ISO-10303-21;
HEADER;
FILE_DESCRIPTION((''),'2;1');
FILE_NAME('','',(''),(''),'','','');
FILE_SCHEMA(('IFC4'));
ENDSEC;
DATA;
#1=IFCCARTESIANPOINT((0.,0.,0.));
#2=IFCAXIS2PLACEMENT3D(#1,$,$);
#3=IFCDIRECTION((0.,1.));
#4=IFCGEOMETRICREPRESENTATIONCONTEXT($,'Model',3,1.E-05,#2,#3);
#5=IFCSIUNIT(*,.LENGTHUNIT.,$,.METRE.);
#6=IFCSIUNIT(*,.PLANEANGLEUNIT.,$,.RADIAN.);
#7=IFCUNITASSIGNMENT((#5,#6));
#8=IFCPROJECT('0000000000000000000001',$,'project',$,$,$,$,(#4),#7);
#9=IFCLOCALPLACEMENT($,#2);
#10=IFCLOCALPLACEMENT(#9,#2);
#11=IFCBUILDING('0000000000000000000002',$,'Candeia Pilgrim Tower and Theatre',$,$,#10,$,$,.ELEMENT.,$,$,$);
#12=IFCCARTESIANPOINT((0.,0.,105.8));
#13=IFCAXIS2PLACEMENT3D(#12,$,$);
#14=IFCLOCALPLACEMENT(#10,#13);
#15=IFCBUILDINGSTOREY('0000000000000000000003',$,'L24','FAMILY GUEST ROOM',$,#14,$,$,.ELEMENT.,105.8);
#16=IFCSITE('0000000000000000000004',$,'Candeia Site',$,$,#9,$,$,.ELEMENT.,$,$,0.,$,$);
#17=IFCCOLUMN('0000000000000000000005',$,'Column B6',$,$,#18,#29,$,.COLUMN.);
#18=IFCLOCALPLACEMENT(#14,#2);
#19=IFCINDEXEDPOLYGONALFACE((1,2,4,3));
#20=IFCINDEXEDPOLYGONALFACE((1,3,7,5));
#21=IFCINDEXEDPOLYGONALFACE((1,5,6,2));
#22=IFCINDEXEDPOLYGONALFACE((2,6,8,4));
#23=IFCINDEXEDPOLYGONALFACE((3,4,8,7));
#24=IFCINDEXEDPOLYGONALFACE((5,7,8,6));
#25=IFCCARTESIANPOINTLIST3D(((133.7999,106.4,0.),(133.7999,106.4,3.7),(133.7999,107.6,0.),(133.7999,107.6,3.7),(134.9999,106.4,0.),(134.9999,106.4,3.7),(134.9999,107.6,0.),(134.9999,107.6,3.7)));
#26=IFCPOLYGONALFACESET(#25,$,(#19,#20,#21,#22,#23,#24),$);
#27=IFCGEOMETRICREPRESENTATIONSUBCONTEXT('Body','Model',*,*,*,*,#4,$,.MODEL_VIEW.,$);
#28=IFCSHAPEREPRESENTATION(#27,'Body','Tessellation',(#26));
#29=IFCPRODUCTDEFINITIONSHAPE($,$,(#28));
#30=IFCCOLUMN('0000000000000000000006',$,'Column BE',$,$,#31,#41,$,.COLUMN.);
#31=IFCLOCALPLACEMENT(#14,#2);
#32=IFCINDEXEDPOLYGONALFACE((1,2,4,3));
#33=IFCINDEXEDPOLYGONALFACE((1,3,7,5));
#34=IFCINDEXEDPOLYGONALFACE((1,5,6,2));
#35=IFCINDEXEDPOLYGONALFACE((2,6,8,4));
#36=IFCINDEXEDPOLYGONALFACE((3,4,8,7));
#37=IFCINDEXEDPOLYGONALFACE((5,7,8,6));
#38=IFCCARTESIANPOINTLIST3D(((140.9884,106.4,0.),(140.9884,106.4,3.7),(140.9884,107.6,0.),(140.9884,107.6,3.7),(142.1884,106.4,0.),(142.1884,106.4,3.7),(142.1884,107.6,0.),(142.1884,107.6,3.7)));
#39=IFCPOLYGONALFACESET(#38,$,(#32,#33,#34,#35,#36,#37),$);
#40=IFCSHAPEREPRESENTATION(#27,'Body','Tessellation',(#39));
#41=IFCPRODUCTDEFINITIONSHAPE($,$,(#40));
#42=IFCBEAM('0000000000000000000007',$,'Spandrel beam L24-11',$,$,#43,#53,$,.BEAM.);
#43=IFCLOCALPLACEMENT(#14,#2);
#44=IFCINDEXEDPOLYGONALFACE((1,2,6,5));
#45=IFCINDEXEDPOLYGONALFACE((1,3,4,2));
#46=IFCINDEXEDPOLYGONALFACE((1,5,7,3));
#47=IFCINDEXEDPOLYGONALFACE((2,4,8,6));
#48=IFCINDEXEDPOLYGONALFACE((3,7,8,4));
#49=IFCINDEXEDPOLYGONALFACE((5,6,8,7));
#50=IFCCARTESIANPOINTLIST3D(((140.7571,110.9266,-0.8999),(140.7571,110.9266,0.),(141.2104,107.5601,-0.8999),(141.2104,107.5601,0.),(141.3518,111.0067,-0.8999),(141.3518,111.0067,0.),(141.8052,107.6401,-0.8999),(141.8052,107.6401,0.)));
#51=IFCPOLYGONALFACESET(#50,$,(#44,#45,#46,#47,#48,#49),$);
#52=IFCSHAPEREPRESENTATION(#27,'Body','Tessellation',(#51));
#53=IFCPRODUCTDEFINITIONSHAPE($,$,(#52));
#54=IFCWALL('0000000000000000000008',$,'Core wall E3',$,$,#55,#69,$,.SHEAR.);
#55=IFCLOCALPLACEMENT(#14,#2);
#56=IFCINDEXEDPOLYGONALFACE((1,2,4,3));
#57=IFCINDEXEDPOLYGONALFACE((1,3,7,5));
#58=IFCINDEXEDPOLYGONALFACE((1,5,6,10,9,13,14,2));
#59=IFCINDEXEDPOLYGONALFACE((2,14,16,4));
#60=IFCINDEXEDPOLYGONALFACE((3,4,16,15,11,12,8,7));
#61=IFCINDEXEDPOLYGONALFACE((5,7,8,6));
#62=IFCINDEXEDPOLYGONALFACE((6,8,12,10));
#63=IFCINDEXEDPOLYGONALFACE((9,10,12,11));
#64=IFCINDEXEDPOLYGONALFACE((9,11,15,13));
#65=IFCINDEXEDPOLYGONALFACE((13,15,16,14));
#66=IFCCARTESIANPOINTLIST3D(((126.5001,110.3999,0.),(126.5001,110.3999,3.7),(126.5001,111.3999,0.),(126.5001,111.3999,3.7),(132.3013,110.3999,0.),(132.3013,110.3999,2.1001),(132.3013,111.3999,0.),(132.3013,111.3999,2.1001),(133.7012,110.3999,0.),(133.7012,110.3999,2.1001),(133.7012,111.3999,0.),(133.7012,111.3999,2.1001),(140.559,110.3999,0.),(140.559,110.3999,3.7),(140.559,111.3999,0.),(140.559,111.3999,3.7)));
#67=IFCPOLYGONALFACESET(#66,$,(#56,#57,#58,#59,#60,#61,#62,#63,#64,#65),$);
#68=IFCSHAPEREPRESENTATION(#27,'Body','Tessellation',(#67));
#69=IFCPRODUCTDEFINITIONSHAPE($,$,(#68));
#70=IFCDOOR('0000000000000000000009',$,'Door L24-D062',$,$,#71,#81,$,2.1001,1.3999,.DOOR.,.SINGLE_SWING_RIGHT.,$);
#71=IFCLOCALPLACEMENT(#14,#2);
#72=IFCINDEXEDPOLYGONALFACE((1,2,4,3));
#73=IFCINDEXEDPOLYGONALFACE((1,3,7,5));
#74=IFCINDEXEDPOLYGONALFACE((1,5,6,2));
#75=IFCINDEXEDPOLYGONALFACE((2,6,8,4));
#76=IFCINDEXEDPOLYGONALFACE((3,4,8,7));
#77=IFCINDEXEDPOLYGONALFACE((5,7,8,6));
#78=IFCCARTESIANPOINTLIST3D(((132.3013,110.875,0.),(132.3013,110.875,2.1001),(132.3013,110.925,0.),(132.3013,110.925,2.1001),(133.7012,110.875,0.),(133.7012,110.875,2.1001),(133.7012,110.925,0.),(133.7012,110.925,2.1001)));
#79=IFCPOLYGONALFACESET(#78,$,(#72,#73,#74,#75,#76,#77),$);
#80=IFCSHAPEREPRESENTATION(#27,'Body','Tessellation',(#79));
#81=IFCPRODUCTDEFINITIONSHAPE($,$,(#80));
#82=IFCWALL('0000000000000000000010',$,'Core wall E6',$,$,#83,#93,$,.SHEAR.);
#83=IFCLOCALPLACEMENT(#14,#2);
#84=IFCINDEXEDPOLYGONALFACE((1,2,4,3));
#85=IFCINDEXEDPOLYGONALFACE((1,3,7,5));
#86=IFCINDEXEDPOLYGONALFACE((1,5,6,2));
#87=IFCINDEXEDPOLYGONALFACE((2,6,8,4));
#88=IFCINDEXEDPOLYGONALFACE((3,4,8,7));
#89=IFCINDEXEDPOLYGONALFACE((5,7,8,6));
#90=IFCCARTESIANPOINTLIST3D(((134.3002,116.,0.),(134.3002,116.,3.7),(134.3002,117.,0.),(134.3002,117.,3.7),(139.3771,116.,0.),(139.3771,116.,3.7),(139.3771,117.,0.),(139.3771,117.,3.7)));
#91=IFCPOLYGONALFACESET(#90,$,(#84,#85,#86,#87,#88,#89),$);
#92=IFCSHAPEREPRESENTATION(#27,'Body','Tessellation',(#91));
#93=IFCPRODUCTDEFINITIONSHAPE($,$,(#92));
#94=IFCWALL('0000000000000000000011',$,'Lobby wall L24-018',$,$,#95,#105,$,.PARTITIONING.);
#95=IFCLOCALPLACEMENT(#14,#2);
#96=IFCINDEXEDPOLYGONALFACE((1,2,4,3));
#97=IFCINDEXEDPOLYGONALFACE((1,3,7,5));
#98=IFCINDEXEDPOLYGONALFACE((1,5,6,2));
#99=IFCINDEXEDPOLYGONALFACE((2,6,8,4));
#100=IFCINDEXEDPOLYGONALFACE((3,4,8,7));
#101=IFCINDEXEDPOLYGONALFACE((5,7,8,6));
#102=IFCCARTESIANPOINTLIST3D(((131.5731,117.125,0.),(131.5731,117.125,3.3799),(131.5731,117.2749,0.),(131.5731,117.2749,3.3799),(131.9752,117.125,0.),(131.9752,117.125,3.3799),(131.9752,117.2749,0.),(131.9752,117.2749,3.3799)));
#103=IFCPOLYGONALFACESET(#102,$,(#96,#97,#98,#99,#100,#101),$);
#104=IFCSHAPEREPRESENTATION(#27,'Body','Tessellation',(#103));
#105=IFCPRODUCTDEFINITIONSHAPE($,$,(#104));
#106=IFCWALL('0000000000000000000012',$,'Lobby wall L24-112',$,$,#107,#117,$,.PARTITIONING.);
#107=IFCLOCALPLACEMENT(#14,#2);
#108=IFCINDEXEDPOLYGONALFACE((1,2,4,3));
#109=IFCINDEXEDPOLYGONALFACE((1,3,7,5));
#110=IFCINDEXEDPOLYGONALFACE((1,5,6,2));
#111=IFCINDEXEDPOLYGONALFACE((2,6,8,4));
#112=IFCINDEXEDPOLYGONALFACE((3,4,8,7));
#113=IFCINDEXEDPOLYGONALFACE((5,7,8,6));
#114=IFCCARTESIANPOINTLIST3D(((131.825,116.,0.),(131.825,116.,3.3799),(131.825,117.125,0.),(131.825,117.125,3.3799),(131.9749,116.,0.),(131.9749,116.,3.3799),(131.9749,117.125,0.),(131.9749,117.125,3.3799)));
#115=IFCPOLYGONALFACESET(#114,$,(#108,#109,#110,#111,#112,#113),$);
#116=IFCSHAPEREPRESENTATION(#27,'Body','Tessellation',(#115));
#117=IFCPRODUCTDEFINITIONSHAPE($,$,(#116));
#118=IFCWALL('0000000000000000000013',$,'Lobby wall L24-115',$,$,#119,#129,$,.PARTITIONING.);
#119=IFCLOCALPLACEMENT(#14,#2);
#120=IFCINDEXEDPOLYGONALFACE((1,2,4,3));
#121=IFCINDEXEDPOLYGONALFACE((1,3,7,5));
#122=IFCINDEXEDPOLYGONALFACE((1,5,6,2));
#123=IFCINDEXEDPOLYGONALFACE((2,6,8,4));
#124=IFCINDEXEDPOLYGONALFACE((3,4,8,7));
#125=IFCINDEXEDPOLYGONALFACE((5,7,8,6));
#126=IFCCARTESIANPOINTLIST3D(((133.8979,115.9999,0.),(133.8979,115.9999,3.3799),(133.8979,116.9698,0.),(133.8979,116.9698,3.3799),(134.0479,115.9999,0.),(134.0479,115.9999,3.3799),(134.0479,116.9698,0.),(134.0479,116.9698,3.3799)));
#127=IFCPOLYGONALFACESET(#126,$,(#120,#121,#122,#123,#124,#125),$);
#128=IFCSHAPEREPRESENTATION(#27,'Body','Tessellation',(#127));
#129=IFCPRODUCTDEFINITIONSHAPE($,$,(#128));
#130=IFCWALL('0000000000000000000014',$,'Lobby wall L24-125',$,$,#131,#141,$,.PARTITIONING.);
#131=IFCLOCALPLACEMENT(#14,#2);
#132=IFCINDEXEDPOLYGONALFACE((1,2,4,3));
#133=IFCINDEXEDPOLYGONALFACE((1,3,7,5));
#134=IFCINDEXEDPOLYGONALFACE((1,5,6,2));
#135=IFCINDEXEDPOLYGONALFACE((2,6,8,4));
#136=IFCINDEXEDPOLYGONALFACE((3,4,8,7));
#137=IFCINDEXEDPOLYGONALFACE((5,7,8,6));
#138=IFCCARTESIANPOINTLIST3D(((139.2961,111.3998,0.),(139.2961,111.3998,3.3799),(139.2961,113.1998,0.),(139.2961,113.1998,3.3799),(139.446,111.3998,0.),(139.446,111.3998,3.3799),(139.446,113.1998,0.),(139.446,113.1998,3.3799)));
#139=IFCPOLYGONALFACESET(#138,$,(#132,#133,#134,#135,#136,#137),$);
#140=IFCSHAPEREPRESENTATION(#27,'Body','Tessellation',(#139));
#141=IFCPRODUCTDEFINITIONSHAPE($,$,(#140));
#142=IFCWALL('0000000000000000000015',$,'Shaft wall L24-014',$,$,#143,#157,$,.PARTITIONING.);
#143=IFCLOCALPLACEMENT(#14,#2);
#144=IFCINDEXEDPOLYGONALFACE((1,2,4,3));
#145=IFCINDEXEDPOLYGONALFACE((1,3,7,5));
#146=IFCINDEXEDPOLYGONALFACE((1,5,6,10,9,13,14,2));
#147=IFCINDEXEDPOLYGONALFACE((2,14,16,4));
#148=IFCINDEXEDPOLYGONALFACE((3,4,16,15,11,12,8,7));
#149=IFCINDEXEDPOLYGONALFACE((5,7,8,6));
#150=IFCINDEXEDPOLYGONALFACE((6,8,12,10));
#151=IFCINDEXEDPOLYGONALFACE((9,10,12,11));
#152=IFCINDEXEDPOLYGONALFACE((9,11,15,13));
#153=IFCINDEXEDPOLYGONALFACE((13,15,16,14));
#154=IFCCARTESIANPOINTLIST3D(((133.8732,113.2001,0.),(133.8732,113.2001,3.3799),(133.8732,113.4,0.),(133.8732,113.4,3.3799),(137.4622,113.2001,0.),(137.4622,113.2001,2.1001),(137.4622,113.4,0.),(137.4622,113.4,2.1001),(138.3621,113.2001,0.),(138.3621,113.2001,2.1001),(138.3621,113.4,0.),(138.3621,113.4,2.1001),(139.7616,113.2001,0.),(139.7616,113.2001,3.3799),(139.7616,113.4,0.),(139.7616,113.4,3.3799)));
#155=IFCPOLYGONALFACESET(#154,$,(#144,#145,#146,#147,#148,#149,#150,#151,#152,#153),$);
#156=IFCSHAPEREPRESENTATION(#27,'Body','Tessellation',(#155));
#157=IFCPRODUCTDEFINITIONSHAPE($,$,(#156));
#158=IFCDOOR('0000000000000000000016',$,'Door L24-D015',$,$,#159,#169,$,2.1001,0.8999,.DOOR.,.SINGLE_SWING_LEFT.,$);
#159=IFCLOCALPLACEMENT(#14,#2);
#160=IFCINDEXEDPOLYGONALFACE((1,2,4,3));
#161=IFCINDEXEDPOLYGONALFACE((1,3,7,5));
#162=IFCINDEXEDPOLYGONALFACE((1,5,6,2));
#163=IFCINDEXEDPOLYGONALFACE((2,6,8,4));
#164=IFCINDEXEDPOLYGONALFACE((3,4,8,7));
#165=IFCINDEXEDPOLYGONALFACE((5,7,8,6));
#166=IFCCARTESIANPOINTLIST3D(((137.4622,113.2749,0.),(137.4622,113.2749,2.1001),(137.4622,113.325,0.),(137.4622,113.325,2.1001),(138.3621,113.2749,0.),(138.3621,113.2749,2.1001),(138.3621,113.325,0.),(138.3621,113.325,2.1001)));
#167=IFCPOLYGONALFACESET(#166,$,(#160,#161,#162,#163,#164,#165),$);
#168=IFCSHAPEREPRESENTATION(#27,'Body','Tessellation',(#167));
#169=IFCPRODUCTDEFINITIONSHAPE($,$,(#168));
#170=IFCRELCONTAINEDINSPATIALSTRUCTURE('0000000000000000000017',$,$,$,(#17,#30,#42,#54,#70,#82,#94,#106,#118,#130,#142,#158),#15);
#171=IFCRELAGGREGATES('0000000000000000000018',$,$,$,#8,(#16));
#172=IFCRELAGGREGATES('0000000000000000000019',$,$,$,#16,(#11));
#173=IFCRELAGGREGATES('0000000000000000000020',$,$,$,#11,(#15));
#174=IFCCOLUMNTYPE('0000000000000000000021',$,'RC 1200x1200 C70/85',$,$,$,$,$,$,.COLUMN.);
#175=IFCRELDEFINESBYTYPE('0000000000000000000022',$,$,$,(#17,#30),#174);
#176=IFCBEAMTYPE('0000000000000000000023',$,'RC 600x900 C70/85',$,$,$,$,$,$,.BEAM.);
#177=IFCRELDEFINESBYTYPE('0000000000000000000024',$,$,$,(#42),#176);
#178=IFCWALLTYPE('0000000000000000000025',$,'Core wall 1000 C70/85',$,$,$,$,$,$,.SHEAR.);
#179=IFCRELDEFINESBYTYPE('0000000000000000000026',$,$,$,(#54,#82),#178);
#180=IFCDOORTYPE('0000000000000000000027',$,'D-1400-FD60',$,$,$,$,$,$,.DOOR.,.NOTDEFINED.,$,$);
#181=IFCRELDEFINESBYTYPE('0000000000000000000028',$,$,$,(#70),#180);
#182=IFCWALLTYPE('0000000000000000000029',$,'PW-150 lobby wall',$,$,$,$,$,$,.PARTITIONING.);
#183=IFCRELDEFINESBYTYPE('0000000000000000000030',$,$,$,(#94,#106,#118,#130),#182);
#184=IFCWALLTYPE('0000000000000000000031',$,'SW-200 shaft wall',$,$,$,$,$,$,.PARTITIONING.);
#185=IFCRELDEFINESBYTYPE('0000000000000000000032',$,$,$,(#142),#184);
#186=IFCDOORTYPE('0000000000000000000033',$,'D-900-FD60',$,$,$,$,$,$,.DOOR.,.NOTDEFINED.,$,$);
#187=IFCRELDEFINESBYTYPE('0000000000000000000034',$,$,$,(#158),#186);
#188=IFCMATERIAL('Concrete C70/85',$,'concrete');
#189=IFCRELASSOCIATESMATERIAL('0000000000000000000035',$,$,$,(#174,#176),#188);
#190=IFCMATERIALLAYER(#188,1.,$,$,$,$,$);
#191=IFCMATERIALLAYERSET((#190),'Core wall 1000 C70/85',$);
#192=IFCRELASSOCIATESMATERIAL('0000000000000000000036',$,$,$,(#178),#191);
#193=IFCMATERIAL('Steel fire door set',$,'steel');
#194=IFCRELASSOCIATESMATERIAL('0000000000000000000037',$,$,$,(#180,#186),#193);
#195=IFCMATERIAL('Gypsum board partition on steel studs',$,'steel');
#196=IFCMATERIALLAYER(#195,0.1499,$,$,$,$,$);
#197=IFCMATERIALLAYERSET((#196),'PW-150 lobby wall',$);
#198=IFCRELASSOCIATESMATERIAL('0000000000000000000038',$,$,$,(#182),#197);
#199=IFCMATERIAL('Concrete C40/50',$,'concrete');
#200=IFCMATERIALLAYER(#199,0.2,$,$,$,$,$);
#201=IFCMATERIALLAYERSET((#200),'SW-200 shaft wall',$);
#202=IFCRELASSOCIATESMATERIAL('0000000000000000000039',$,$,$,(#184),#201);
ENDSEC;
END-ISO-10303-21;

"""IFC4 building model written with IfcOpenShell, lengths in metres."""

from ifc_helpers import new_model, si_unit, direction, frame, frame_2d, origin, origin_2d, place, context, subcontext, project, spatial, rectangle, extrude, material, layer, layer_set, material_profile, profile_set, type_object, element, fill, save


model = new_model("IFC4")

# Units and contexts
model_context = context("Model", 3, precision=1e-05, world=origin(), true_north=direction((0.0, 1.0)))
body_context = subcontext(model_context, "Body", "Model", "MODEL_VIEW")
ifc_project = project(units=[si_unit("LENGTHUNIT", "METRE"), si_unit("PLANEANGLEUNIT", "RADIAN")], contexts=[model_context])

# Site, building, storey
site_placement = place(None, origin())
site = spatial("IfcSite", under=ifc_project, at=site_placement, Name="Candeia Site", CompositionType="ELEMENT", RefElevation=0.0)
building_placement = place(site_placement, origin())
building = spatial("IfcBuilding", under=site, at=building_placement, Name="Candeia Pilgrim Tower and Theatre", CompositionType="ELEMENT")
storey_placement = place(building_placement, frame((0.0, 0.0, 105.8)))
storey = spatial("IfcBuildingStorey", under=building, at=storey_placement, Name="L24", Description="FAMILY GUEST ROOM", CompositionType="ELEMENT", Elevation=105.8)

# Columns
ifc_material_1 = material(Name="Concrete C70/85", Category="concrete")
ifc_material_profile_1 = material_profile(ifc_material_1, rectangle(XDim=1.2, YDim=1.2, at=origin_2d()))
ifc_profile_set_1 = profile_set([ifc_material_profile_1], Name="Concrete C70/85")
column_type = type_object("IfcColumnType", Name="RC 1200x1200 C70/85", PredefinedType="COLUMN", material=ifc_profile_set_1)
for number, where, z_axis, x_axis, name in (
    (1, (134.3999, 107.0, 0.0), (0.0, 0.0, 1.0), (1.0, 0.0, 0.0), "Column B6"),
    (2, (141.5884, 107.0, 0.0), (0.0, 0.0, 1.0), (1.0, 0.0, 0.0), "Column BE"),
):
    element("IfcColumn", number, at=place(storey_placement, frame(where, z_axis=z_axis, x_axis=x_axis)), inside=storey, type_object=column_type, Name=name, PredefinedType="COLUMN", context=body_context, shape_type="SweptSolid", body=[
        extrude(rectangle(XDim=1.2, YDim=1.2, at=origin_2d()), origin(), (0.0, 0.0, 1.0), 3.7),
    ])

# Beam
ifc_material_profile_2 = material_profile(ifc_material_1, rectangle(XDim=0.6001, YDim=0.8999, at=origin_2d()))
ifc_profile_set_2 = profile_set([ifc_material_profile_2], Name="Concrete C70/85")
beam_type = type_object("IfcBeamType", Name="RC 600x900 C70/85", PredefinedType="BEAM", material=ifc_profile_set_2)
beam_placement = place(storey_placement, frame((141.5078, 107.6001, -0.45), z_axis=(-0.133458, 0.991054, 0.0), x_axis=(-0.991054, -0.133458, 0.0)))
element("IfcBeam", 3, at=beam_placement, inside=storey, type_object=beam_type, Name="Spandrel beam L24-11", PredefinedType="BEAM", context=body_context, shape_type="SweptSolid", body=[
    extrude(rectangle(XDim=0.6001, YDim=0.8999, at=origin_2d()), origin(), (0.0, 0.0, 1.0), 3.397),
])

# Wall, opening, door
ifc_layer_1 = layer(ifc_material_1, 1.0)
ifc_layer_set_1 = layer_set([ifc_layer_1], Name="Core wall 1000 C70/85")
wall_type_1 = type_object("IfcWallType", Name="Core wall 1000 C70/85", PredefinedType="SHEAR", material=ifc_layer_set_1)
wall_1_placement = place(storey_placement, frame((140.5588, 110.8999, 0.0), z_axis=(0.0, 0.0, 1.0), x_axis=(-1.0, 0.0, 0.0)))
wall_1 = element("IfcWall", 4, at=wall_1_placement, inside=storey, type_object=wall_type_1, Name="Core wall E3", PredefinedType="SHEAR", context=body_context, shape_type="SweptSolid", body=[
    extrude(rectangle(XDim=14.0588, YDim=1.0, at=frame_2d((7.0293, 0.0))), origin(), (0.0, 0.0, 1.0), 3.7),
])
opening_1_placement = place(wall_1_placement, frame((6.8577, 0.0, 0.0)))
opening_1 = element("IfcOpeningElement", 5, at=opening_1_placement, cuts=wall_1, PredefinedType="OPENING", context=body_context, shape_type="SweptSolid", body=[
    extrude(rectangle(XDim=1.3999, YDim=2.1001, at=frame_2d((0.7, 1.05))), frame((0.0, 0.51, 0.0), z_axis=(0.0, -1.0, 0.0), x_axis=(1.0, 0.0, 0.0)), (0.0, 0.0, 1.0), 1.02),
])
ifc_material_2 = material(Name="Steel fire door set", Category="steel")
door_type_1 = type_object("IfcDoorType", Name="D-1400-FD60", OperationType="NOTDEFINED", PredefinedType="DOOR", material=ifc_material_2)
door_1_placement = place(opening_1_placement, origin())
door_1 = element("IfcDoor", 6, at=door_1_placement, inside=storey, type_object=door_type_1, Name="Door L24-D062", OperationType="SINGLE_SWING_RIGHT", OverallHeight=2.1001, OverallWidth=1.3999, PredefinedType="DOOR", context=body_context, shape_type="SweptSolid", body=[
    extrude(rectangle(XDim=1.3999, YDim=2.1001, at=frame_2d((0.7, 1.05))), frame((0.0, 0.0249, 0.0), z_axis=(0.0, -1.0, 0.0), x_axis=(1.0, 0.0, 0.0)), (0.0, 0.0, 1.0), 0.05),
])
fill(opening_1, door_1)

# Walls
wall_2_placement = place(storey_placement, frame((134.3, 116.5, 0.0), z_axis=(0.0, 0.0, 1.0), x_axis=(1.0, 0.0, 0.0)))
element("IfcWall", 7, at=wall_2_placement, inside=storey, type_object=wall_type_1, Name="Core wall E6", PredefinedType="SHEAR", context=body_context, shape_type="SweptSolid", body=[
    extrude(rectangle(XDim=5.0769, YDim=1.0, at=frame_2d((2.5386, 0.0))), origin(), (0.0, 0.0, 1.0), 3.7),
])
ifc_material_3 = material(Name="Gypsum board partition on steel studs", Category="steel")
ifc_layer_2 = layer(ifc_material_3, 0.1499)
ifc_layer_set_2 = layer_set([ifc_layer_2], Name="PW-150 lobby wall")
wall_type_2 = type_object("IfcWallType", Name="PW-150 lobby wall", PredefinedType="PARTITIONING", material=ifc_layer_set_2)
wall_3_placement = place(storey_placement, frame((131.573, 117.2, 0.0), z_axis=(0.0, 0.0, 1.0), x_axis=(1.0, 0.0, 0.0)))
element("IfcWall", 8, at=wall_3_placement, inside=storey, type_object=wall_type_2, Name="Lobby wall L24-018", PredefinedType="PARTITIONING", context=body_context, shape_type="SweptSolid", body=[
    extrude(rectangle(XDim=0.4021, YDim=0.1499, at=frame_2d((0.2012, 0.0))), origin(), (0.0, 0.0, 1.0), 3.3799),
])
wall_4_placement = place(storey_placement, frame((131.8999, 116.0, 0.0), z_axis=(0.0, 0.0, 1.0), x_axis=(0.0, 1.0, 0.0)))
element("IfcWall", 9, at=wall_4_placement, inside=storey, type_object=wall_type_2, Name="Lobby wall L24-112", PredefinedType="PARTITIONING", context=body_context, shape_type="SweptSolid", body=[
    extrude(rectangle(XDim=1.125, YDim=0.1499, at=frame_2d((0.5625, 0.0))), origin(), (0.0, 0.0, 1.0), 3.3799),
])
wall_5_placement = place(storey_placement, frame((133.9729, 116.0, 0.0), z_axis=(0.0, 0.0, 1.0), x_axis=(0.0, 1.0, 0.0)))
element("IfcWall", 10, at=wall_5_placement, inside=storey, type_object=wall_type_2, Name="Lobby wall L24-115", PredefinedType="PARTITIONING", context=body_context, shape_type="SweptSolid", body=[
    extrude(rectangle(XDim=0.97, YDim=0.1499, at=frame_2d((0.4849, 0.0))), origin(), (0.0, 0.0, 1.0), 3.3799),
])
wall_6_placement = place(storey_placement, frame((139.3711, 111.3999, 0.0), z_axis=(0.0, 0.0, 1.0), x_axis=(0.0, 1.0, 0.0)))
element("IfcWall", 11, at=wall_6_placement, inside=storey, type_object=wall_type_2, Name="Lobby wall L24-125", PredefinedType="PARTITIONING", context=body_context, shape_type="SweptSolid", body=[
    extrude(rectangle(XDim=1.8, YDim=0.1499, at=frame_2d((0.8999, 0.0))), origin(), (0.0, 0.0, 1.0), 3.3799),
])

# Wall, opening, door
ifc_material_4 = material(Name="Concrete C40/50", Category="concrete")
ifc_layer_3 = layer(ifc_material_4, 0.2)
ifc_layer_set_3 = layer_set([ifc_layer_3], Name="SW-200 shaft wall")
wall_type_3 = type_object("IfcWallType", Name="SW-200 shaft wall", PredefinedType="PARTITIONING", material=ifc_layer_set_3)
wall_7_placement = place(storey_placement, frame((133.873, 113.3, 0.0), z_axis=(0.0, 0.0, 1.0), x_axis=(1.0, 0.0, 0.0)))
wall_7 = element("IfcWall", 12, at=wall_7_placement, inside=storey, type_object=wall_type_3, Name="Shaft wall L24-014", PredefinedType="PARTITIONING", context=body_context, shape_type="SweptSolid", body=[
    extrude(rectangle(XDim=5.8884, YDim=0.2, at=frame_2d((2.9443, 0.0))), origin(), (0.0, 0.0, 1.0), 3.3799),
])
opening_2_placement = place(wall_7_placement, frame((3.5891, 0.0, 0.0)))
opening_2 = element("IfcOpeningElement", 13, at=opening_2_placement, cuts=wall_7, PredefinedType="OPENING", context=body_context, shape_type="SweptSolid", body=[
    extrude(rectangle(XDim=0.8999, YDim=2.1001, at=frame_2d((0.45, 1.05))), frame((0.0, 0.1099, 0.0), z_axis=(0.0, -1.0, 0.0), x_axis=(1.0, 0.0, 0.0)), (0.0, 0.0, 1.0), 0.22),
])
door_type_2 = type_object("IfcDoorType", Name="D-900-FD60", OperationType="NOTDEFINED", PredefinedType="DOOR", material=ifc_material_2)
door_2_placement = place(opening_2_placement, origin())
door_2 = element("IfcDoor", 14, at=door_2_placement, inside=storey, type_object=door_type_2, Name="Door L24-D015", OperationType="SINGLE_SWING_LEFT", OverallHeight=2.1001, OverallWidth=0.8999, PredefinedType="DOOR", context=body_context, shape_type="SweptSolid", body=[
    extrude(rectangle(XDim=0.8999, YDim=2.1001, at=frame_2d((0.45, 1.05))), frame((0.0, 0.0249, 0.0), z_axis=(0.0, -1.0, 0.0), x_axis=(1.0, 0.0, 0.0)), (0.0, 0.0, 1.0), 0.05),
])
fill(opening_2, door_2)

save(model, "model.ifc")
